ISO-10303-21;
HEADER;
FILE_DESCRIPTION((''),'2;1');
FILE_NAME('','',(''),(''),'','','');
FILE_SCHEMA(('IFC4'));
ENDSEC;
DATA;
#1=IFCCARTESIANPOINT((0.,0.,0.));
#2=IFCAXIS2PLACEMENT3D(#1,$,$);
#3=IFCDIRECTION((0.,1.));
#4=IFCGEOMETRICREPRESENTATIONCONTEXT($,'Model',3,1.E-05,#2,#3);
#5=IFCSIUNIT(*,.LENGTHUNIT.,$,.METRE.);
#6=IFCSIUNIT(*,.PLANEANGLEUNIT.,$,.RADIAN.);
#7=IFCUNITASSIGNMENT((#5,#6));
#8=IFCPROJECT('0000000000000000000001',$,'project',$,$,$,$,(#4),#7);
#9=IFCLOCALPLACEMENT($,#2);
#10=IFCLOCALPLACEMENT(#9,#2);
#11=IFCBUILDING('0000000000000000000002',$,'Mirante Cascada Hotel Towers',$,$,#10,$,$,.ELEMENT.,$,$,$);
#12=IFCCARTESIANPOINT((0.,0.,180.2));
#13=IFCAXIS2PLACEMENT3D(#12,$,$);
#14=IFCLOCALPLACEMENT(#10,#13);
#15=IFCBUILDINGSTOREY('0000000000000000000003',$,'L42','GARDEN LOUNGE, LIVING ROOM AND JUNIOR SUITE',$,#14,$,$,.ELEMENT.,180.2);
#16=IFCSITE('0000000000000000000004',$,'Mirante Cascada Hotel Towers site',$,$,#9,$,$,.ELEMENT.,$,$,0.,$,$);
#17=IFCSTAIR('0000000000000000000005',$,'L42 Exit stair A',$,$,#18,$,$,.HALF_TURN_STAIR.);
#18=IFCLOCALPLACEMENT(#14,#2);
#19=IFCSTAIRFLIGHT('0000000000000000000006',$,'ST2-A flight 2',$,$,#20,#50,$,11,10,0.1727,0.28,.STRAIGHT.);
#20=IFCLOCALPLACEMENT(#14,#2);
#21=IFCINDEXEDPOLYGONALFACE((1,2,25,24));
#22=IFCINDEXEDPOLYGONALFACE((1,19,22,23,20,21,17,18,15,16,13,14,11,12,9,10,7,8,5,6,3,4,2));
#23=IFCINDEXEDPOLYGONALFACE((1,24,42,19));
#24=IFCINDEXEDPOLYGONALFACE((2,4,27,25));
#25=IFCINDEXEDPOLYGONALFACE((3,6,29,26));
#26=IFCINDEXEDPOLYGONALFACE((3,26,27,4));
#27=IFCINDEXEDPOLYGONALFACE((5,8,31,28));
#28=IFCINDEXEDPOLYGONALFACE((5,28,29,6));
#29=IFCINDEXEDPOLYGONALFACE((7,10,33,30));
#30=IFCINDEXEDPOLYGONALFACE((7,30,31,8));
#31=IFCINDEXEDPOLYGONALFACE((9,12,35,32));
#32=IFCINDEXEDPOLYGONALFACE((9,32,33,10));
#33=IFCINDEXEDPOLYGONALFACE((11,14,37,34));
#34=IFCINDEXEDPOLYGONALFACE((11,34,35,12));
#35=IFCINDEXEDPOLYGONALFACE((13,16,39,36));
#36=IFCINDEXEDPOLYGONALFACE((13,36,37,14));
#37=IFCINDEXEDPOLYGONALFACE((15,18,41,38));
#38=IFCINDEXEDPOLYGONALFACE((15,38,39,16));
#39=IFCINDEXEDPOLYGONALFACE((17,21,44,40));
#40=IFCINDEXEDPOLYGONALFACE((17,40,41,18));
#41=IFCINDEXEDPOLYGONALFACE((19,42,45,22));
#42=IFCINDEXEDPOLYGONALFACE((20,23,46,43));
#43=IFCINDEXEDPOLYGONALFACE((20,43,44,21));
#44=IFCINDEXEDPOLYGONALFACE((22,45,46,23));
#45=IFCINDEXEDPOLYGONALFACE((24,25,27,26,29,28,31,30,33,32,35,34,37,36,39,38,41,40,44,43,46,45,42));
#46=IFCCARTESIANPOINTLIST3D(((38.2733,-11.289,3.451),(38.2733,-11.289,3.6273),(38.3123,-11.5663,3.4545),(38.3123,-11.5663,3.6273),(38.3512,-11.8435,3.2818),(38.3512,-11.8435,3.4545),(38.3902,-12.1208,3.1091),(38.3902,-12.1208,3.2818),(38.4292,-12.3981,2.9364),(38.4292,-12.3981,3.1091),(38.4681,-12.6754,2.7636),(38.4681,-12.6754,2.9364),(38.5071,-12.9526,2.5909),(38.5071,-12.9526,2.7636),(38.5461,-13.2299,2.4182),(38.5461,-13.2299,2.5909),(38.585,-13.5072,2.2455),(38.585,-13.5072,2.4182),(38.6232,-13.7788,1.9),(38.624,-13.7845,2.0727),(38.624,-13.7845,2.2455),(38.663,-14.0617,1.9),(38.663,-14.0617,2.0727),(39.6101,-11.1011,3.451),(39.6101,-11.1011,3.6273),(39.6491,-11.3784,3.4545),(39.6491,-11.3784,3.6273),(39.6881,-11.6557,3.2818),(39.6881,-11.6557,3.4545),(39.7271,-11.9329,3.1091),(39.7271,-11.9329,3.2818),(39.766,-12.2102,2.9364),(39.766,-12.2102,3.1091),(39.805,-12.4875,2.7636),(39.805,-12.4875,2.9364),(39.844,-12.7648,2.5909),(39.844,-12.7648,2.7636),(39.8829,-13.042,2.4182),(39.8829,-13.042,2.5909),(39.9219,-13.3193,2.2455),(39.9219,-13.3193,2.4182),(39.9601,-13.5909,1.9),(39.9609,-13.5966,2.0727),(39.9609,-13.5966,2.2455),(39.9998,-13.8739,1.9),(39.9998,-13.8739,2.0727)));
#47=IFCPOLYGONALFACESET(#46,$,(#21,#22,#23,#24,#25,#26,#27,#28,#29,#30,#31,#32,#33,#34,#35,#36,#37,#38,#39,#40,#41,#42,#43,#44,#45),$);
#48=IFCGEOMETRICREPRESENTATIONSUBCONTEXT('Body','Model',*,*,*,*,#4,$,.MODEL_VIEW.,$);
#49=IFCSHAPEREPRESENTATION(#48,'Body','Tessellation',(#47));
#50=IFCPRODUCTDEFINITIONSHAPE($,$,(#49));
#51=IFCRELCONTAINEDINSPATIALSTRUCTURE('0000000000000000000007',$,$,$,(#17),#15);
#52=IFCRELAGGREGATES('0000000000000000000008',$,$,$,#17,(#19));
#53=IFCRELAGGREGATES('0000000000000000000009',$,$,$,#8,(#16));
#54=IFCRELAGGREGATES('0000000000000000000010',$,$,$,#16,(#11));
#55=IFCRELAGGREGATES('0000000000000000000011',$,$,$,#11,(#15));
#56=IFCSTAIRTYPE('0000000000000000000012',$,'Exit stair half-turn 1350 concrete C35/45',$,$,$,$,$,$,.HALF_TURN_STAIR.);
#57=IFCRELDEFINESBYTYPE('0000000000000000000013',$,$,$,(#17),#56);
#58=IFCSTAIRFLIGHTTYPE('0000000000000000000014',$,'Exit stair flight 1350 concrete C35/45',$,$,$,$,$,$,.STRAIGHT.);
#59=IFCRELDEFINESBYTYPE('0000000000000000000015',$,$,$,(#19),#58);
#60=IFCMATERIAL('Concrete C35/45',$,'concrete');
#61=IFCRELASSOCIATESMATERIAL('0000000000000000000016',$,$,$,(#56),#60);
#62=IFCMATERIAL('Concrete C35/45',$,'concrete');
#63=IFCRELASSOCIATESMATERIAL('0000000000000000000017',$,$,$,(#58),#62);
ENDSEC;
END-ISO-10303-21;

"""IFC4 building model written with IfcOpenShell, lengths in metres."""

from ifc_helpers import new_model, si_unit, direction, frame, origin, place, context, subcontext, project, spatial, polyline, outline, extrude, material, type_object, element, aggregate, save


model = new_model("IFC4")

# Units and contexts
model_context = context("Model", 3, precision=1e-05, world=origin(), true_north=direction((0.0, 1.0)))
body_context = subcontext(model_context, "Body", "Model", "MODEL_VIEW")
ifc_project = project(units=[si_unit("LENGTHUNIT", "METRE"), si_unit("PLANEANGLEUNIT", "RADIAN")], contexts=[model_context])

# Site, building, storey
site_placement = place(None, origin())
site = spatial("IfcSite", under=ifc_project, at=site_placement, Name="Mirante Cascada Hotel Towers site", CompositionType="ELEMENT", RefElevation=0.0)
building_placement = place(site_placement, origin())
building = spatial("IfcBuilding", under=site, at=building_placement, Name="Mirante Cascada Hotel Towers", CompositionType="ELEMENT")
storey_placement = place(building_placement, frame((0.0, 0.0, 180.2)))
storey = spatial("IfcBuildingStorey", under=building, at=storey_placement, Name="L42", Description="GARDEN LOUNGE, LIVING ROOM AND JUNIOR SUITE", CompositionType="ELEMENT", Elevation=180.2)

# Stair, stair flight
ifc_material_1 = material(Name="Concrete C35/45", Category="concrete")
stair_type = type_object("IfcStairType", Name="Exit stair half-turn 1350 concrete C35/45", PredefinedType="HALF_TURN_STAIR", material=ifc_material_1)
stair_placement = place(storey_placement, origin())
stair = element("IfcStair", 1, at=stair_placement, inside=storey, type_object=stair_type, Name="L42 Exit stair A", PredefinedType="HALF_TURN_STAIR")
ifc_material_2 = material(Name="Concrete C35/45", Category="concrete")
stair_flight_type = type_object("IfcStairFlightType", Name="Exit stair flight 1350 concrete C35/45", PredefinedType="STRAIGHT", material=ifc_material_2)
stair_flight_placement = place(storey_placement, frame((39.3314, -13.9678, 1.9), z_axis=(0.0, 0.0, 1.0), x_axis=(-0.139173, 0.990268, 0.0)))
stair_flight = element("IfcStairFlight", 2, at=stair_flight_placement, type_object=stair_flight_type, Name="ST2-A flight 2", NumberOfRisers=11, NumberOfTreads=10, PredefinedType="STRAIGHT", RiserHeight=0.1727, TreadLength=0.28, context=body_context, shape_type="SweptSolid", body=[
    extrude(outline(polyline([(0.0, 0.0), (0.0, 0.1727), (0.28, 0.1727), (0.28, 0.3455), (0.56, 0.3455), (0.56, 0.5182), (0.84, 0.5182), (0.84, 0.6909), (1.12, 0.6909), (1.12, 0.8636), (1.4, 0.8636), (1.4, 1.0364), (1.68, 1.0364), (1.68, 1.2091), (1.96, 1.2091), (1.96, 1.3818), (2.24, 1.3818), (2.24, 1.5545), (2.52, 1.5545), (2.52, 1.7273), (2.8, 1.7273), (2.8, 1.9), (2.8, 1.551), (0.2857, 0.0), (0.0, 0.0)])), frame((0.0, 0.675, 0.0), z_axis=(0.0, -1.0, 0.0), x_axis=(1.0, 0.0, 0.0)), (0.0, 0.0, 1.0), 1.35),
])
aggregate(stair, [stair_flight])

save(model, "model.ifc")
